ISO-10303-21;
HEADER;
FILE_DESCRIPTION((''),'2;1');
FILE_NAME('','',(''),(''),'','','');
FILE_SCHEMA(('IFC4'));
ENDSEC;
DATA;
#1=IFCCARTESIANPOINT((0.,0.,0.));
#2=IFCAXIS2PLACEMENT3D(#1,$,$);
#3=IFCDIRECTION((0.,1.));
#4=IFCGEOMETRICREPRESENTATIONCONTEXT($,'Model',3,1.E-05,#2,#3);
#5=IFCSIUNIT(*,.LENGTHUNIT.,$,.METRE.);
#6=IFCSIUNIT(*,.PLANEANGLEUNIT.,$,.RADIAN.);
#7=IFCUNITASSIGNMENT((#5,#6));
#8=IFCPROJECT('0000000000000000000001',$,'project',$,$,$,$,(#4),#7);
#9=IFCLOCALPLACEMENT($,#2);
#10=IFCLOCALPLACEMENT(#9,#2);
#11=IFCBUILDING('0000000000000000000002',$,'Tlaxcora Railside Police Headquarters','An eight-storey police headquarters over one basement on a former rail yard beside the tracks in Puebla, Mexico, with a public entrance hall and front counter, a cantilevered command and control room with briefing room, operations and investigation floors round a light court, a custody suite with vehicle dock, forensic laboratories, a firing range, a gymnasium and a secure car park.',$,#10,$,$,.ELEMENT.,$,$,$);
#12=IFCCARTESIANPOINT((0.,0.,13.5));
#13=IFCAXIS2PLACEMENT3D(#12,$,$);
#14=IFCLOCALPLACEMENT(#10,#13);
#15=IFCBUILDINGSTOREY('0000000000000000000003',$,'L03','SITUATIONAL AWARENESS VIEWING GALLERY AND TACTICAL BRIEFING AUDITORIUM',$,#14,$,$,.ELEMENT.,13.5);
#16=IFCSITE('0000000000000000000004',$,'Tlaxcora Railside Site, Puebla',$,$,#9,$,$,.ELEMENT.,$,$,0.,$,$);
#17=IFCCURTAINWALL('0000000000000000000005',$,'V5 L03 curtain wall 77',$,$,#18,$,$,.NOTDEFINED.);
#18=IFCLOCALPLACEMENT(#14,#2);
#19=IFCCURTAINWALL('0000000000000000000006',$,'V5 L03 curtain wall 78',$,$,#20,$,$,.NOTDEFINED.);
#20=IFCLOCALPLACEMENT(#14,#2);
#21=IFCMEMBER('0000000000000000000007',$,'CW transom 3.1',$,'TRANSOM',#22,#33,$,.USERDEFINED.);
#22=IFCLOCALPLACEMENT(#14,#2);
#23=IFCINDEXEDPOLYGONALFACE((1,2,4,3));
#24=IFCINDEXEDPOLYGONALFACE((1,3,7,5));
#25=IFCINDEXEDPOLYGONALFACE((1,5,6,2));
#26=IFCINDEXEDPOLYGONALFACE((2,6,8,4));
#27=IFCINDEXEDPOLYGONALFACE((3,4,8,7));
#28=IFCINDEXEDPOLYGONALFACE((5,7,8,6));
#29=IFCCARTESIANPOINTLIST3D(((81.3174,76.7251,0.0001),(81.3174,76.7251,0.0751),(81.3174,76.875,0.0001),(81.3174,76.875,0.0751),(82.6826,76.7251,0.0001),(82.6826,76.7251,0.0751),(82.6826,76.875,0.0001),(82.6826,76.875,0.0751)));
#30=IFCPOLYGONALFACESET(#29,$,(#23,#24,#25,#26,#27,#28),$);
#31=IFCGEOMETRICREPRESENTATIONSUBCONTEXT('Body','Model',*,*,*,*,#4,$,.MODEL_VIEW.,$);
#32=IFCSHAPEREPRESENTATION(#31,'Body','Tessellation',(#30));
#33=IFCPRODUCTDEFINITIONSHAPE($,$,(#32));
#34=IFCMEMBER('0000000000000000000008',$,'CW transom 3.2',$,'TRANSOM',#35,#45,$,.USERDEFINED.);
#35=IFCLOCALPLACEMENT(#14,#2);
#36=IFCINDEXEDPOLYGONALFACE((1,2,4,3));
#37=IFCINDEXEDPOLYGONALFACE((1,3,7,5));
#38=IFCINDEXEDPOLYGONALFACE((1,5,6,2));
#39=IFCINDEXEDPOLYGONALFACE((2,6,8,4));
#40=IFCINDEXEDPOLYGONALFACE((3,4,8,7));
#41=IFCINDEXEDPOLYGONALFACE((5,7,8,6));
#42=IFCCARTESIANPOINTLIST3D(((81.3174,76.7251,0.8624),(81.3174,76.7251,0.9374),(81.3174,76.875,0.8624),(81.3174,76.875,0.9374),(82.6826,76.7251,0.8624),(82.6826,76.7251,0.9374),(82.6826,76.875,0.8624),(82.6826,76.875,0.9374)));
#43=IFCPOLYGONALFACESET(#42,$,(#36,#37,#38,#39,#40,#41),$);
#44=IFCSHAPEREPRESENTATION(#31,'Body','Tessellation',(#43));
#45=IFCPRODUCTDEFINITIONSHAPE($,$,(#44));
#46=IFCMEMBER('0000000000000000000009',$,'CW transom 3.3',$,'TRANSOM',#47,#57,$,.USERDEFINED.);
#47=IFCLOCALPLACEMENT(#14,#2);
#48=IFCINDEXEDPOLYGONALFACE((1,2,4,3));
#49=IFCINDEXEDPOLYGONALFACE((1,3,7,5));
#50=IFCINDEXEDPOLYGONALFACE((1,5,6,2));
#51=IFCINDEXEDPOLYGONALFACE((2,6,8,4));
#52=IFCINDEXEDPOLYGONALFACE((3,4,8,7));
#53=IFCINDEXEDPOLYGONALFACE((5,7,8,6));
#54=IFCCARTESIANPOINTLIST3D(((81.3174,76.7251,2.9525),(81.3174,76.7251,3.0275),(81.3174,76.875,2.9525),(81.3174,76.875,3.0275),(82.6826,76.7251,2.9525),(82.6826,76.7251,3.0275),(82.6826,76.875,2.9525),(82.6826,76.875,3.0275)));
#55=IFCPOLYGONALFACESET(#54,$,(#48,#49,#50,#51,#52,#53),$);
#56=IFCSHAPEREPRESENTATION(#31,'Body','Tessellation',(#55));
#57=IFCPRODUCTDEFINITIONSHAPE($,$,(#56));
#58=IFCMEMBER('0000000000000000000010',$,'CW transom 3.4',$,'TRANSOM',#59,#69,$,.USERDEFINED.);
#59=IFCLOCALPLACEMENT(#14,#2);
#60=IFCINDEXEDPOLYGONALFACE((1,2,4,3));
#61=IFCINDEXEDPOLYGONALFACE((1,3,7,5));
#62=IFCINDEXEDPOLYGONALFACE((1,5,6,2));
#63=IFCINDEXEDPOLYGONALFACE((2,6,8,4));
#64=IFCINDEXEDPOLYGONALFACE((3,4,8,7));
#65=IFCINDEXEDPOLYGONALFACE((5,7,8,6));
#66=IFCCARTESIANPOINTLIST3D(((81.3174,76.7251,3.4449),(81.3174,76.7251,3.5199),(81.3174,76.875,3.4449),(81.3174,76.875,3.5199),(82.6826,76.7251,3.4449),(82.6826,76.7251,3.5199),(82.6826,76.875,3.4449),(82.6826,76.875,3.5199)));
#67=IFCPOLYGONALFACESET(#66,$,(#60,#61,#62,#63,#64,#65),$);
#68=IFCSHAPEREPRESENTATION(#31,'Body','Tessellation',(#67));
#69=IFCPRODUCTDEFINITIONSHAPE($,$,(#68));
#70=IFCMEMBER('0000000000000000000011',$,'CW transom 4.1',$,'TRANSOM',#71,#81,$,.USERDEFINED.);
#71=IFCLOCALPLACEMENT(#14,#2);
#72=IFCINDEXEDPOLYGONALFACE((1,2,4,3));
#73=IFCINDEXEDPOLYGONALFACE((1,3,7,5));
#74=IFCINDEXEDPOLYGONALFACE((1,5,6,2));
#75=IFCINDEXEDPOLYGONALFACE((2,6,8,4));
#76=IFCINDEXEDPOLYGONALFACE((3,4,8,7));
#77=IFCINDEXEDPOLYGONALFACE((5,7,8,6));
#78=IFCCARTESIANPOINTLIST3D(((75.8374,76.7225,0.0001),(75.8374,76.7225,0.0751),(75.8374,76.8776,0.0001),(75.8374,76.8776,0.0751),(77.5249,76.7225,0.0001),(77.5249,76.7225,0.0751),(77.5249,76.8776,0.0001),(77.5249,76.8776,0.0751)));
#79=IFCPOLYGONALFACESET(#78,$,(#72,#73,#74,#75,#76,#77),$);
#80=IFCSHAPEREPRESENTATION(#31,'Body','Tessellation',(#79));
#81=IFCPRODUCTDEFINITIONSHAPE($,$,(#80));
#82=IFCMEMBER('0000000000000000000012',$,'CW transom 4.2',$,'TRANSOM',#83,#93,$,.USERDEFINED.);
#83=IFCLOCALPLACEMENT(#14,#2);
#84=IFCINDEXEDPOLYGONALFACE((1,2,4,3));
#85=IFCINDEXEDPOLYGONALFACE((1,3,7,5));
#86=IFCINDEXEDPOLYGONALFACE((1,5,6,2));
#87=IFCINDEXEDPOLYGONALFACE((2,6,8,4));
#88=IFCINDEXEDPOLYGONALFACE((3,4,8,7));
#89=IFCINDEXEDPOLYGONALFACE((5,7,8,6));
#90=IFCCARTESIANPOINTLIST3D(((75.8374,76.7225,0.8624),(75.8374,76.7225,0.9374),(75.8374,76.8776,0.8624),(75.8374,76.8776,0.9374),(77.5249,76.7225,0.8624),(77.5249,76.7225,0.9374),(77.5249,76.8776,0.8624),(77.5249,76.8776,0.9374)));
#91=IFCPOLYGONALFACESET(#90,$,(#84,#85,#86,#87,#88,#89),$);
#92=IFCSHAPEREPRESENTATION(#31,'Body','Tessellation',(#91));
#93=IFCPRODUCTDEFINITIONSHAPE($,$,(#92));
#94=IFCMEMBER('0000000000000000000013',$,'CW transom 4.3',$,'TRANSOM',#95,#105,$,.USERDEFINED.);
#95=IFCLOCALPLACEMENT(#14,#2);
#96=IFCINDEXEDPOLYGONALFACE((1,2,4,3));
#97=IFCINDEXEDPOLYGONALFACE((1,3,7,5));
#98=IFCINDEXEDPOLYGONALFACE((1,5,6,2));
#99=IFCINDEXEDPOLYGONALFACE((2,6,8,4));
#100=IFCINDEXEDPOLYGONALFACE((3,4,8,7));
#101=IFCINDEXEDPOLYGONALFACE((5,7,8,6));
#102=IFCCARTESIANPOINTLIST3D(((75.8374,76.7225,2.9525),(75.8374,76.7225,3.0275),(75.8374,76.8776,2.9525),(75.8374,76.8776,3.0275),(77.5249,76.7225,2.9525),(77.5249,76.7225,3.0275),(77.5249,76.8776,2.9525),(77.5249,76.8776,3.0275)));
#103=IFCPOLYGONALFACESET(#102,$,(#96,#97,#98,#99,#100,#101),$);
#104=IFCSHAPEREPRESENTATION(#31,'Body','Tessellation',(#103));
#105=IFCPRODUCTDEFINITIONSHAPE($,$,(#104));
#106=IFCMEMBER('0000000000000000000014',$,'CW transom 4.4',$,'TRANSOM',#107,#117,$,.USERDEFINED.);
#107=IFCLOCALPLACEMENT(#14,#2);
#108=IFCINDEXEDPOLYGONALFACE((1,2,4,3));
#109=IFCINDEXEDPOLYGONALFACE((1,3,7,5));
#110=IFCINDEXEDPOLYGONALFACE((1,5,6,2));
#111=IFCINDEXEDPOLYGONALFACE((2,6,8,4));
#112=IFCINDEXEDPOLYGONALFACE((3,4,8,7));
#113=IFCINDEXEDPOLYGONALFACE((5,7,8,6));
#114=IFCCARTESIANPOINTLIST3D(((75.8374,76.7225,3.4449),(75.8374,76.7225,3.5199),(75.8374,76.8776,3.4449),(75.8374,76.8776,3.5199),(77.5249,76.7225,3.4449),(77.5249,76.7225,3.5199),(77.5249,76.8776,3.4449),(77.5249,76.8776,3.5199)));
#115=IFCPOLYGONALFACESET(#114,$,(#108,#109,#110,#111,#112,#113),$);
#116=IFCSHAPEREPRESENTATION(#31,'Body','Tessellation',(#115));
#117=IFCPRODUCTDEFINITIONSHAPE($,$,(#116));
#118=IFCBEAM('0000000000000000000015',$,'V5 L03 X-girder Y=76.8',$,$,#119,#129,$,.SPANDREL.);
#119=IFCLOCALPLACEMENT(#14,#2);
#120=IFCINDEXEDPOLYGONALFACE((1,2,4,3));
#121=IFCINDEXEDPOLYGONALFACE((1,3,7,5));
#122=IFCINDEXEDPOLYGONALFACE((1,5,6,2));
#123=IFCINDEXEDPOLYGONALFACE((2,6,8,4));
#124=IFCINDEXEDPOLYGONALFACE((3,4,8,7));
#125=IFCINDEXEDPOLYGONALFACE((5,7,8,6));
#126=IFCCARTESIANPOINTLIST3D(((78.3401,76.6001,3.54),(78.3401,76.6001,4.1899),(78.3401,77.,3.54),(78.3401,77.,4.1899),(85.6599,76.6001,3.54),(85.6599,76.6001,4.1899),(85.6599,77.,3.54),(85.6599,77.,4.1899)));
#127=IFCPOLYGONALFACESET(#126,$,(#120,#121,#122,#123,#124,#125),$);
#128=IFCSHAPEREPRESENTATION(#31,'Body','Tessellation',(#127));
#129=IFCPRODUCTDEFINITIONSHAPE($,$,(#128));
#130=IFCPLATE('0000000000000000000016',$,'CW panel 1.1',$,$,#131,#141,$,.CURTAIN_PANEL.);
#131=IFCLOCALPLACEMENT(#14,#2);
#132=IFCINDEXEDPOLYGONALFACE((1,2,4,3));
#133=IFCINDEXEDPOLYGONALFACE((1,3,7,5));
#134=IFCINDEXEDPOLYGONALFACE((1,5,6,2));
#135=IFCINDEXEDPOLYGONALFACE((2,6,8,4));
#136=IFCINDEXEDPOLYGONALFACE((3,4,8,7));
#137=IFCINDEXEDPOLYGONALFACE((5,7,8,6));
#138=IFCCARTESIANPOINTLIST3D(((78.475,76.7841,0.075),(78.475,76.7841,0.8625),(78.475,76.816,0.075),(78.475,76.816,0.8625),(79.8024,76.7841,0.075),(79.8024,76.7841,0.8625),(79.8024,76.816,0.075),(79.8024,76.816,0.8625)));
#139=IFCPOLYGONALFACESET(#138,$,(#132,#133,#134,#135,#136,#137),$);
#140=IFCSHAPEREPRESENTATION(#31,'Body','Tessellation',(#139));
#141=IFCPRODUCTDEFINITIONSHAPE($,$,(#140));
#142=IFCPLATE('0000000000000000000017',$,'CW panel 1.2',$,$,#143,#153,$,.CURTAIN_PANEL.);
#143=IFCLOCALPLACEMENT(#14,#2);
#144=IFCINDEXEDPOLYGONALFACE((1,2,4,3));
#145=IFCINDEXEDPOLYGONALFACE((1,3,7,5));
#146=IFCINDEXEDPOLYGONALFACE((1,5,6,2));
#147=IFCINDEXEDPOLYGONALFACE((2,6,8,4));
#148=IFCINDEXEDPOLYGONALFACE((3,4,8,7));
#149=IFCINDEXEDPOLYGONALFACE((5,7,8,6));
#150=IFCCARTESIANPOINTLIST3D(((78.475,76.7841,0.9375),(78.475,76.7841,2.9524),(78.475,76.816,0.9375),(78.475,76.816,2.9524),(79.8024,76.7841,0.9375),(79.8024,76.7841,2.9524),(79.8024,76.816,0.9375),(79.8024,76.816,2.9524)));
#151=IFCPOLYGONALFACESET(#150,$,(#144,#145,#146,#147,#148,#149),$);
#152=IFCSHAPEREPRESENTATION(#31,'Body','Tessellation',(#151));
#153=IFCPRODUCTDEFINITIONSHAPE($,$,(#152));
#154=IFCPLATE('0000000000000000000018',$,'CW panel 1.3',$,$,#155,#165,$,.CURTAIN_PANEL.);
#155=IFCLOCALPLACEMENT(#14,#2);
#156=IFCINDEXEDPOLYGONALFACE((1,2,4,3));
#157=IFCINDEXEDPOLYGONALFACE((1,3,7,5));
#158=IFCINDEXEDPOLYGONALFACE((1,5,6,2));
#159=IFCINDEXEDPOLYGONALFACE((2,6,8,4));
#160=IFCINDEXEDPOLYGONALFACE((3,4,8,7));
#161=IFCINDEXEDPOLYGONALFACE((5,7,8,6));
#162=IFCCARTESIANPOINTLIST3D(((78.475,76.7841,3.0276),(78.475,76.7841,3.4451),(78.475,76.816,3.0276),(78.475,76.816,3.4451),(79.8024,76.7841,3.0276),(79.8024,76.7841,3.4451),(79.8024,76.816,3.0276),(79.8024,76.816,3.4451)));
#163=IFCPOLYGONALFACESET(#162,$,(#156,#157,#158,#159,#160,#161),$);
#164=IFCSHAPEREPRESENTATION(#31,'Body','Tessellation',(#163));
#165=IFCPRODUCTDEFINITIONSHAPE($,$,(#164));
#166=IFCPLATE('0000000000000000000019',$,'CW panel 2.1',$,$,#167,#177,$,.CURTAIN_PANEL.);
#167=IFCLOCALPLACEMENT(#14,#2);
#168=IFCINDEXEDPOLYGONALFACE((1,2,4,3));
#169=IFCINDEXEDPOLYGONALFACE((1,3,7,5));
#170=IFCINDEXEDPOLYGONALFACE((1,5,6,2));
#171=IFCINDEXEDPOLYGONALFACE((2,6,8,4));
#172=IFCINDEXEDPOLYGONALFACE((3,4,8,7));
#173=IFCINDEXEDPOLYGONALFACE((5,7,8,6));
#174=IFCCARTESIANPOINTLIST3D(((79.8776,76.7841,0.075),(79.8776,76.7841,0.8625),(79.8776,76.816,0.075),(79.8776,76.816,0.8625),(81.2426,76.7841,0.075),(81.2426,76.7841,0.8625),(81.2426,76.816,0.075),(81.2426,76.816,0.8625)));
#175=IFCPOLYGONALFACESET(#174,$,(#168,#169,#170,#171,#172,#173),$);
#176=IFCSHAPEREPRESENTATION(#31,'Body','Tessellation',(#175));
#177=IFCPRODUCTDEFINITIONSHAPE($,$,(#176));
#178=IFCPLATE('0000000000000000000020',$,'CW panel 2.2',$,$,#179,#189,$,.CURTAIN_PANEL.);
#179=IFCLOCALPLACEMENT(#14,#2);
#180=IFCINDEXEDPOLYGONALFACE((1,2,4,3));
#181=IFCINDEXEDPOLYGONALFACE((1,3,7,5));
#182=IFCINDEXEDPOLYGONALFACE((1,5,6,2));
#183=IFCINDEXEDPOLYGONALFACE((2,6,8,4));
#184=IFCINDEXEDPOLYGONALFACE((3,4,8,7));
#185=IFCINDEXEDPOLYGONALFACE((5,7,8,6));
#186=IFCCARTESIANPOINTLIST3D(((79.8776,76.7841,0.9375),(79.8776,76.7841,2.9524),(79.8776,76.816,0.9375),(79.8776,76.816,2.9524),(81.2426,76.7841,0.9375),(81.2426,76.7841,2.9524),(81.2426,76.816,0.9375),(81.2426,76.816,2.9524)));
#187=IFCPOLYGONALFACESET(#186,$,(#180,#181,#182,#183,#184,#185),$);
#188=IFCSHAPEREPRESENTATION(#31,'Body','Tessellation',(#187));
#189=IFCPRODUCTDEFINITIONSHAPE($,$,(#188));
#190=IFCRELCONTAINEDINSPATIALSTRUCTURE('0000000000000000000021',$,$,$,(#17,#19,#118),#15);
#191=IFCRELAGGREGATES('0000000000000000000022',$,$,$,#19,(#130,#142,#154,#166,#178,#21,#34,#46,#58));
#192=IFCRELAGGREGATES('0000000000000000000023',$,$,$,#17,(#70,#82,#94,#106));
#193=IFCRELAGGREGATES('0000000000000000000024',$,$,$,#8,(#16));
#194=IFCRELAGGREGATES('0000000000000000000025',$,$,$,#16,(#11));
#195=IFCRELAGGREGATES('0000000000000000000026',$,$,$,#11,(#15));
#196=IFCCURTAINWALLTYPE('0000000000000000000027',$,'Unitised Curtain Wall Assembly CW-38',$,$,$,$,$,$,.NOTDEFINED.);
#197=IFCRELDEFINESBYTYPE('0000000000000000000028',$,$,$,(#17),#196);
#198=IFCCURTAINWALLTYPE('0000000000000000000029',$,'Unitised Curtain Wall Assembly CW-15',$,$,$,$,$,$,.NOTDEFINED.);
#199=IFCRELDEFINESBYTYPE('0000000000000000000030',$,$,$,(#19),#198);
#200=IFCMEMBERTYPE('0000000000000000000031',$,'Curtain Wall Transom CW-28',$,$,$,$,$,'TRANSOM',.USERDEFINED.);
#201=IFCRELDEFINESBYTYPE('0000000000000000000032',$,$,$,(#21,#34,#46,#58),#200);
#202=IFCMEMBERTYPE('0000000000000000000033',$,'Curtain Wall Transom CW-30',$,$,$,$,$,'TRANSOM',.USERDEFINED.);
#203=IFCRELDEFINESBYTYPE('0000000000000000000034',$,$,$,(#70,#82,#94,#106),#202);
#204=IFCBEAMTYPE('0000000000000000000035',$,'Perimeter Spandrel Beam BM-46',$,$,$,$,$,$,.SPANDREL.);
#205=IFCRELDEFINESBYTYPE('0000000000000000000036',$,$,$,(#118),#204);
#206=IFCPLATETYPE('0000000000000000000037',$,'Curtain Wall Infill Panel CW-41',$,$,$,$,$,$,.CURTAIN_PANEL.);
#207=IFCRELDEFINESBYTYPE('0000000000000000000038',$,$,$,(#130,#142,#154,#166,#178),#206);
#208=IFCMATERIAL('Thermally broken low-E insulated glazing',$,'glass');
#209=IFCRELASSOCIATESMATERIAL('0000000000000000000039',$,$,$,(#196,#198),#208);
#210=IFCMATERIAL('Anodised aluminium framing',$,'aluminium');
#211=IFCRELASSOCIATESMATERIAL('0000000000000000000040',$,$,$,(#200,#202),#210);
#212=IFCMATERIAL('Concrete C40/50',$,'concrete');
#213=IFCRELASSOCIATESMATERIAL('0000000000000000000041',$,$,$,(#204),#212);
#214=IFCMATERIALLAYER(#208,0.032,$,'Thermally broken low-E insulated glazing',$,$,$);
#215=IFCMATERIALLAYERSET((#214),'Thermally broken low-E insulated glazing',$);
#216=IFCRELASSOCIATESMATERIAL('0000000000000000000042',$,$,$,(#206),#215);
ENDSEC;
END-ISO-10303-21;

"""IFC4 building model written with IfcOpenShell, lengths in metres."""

from ifc_helpers import new_model, si_unit, direction, frame, origin, origin_2d, place, context, subcontext, project, spatial, rectangle, extrude, material, layer, layer_set, material_profile, profile_set, type_object, element, aggregate, save


model = new_model("IFC4")

# Units and contexts
model_context = context("Model", 3, precision=1e-05, world=origin(), true_north=direction((0.0, 1.0)))
body_context = subcontext(model_context, "Body", "Model", "MODEL_VIEW")
ifc_project = project(units=[si_unit("LENGTHUNIT", "METRE"), si_unit("PLANEANGLEUNIT", "RADIAN")], contexts=[model_context])

# Site, building, storey
site_placement = place(None, origin())
site = spatial("IfcSite", under=ifc_project, at=site_placement, Name="Tlaxcora Railside Site, Puebla", CompositionType="ELEMENT", RefElevation=0.0)
building_placement = place(site_placement, origin())
building = spatial("IfcBuilding", under=site, at=building_placement, Name="Tlaxcora Railside Police Headquarters", Description="An eight-storey police headquarters over one basement on a former rail yard beside the tracks in Puebla, Mexico, with a public entrance hall and front counter, a cantilevered command and control room with briefing room, operations and investigation floors round a light court, a custody suite with vehicle dock, forensic laboratories, a firing range, a gymnasium and a secure car park.", CompositionType="ELEMENT")
storey_placement = place(building_placement, frame((0.0, 0.0, 13.5)))
storey = spatial("IfcBuildingStorey", under=building, at=storey_placement, Name="L03", Description="SITUATIONAL AWARENESS VIEWING GALLERY AND TACTICAL BRIEFING AUDITORIUM", CompositionType="ELEMENT", Elevation=13.5)

# Shared definitions
ifc_material_1 = material(Name="Concrete C40/50", Category="concrete")

# Curtain walls, members
ifc_material_2 = material(Name="Thermally broken low-E insulated glazing", Category="glass")
curtain_wall_type_1 = type_object("IfcCurtainWallType", Name="Unitised Curtain Wall Assembly CW-38", PredefinedType="NOTDEFINED", material=ifc_material_2)
curtain_wall_1_placement = place(storey_placement, origin())
curtain_wall_1 = element("IfcCurtainWall", 1, at=curtain_wall_1_placement, inside=storey, type_object=curtain_wall_type_1, Name="V5 L03 curtain wall 77", PredefinedType="NOTDEFINED")
ifc_material_3 = material(Name="Anodised aluminium framing", Category="aluminium")
curtain_wall_type_2 = type_object("IfcCurtainWallType", Name="Unitised Curtain Wall Assembly CW-15", PredefinedType="NOTDEFINED", material=ifc_material_2)
curtain_wall_2_placement = place(storey_placement, origin())
curtain_wall_2 = element("IfcCurtainWall", 2, at=curtain_wall_2_placement, inside=storey, type_object=curtain_wall_type_2, Name="V5 L03 curtain wall 78", PredefinedType="NOTDEFINED")
ifc_material_profile_1 = material_profile(ifc_material_3, rectangle(XDim=0.1499, YDim=0.075, at=origin_2d()), Name="AL75X150")
ifc_profile_set_1 = profile_set([ifc_material_profile_1], Name="Anodised aluminium framing")
member_type_1 = type_object("IfcMemberType", Name="Curtain Wall Transom CW-28", ElementType="TRANSOM", PredefinedType="USERDEFINED", material=ifc_profile_set_1)
member_1_placement = place(storey_placement, frame((81.3174, 76.8, 0.0376), z_axis=(1.0, 0.0, 0.0), x_axis=(0.0, 1.0, 0.0)))
member_1 = element("IfcMember", 3, at=member_1_placement, type_object=member_type_1, Name="CW transom 3.1", ObjectType="TRANSOM", PredefinedType="USERDEFINED", context=body_context, shape_type="SweptSolid", body=[
    extrude(rectangle(XDim=0.1499, YDim=0.075, at=origin_2d()), origin(), (0.0, 0.0, 1.0), 1.3652),
])
member_2_placement = place(storey_placement, frame((81.3174, 76.8, 0.8999), z_axis=(1.0, 0.0, 0.0), x_axis=(0.0, 1.0, 0.0)))
member_2 = element("IfcMember", 4, at=member_2_placement, type_object=member_type_1, Name="CW transom 3.2", ObjectType="TRANSOM", PredefinedType="USERDEFINED", context=body_context, shape_type="SweptSolid", body=[
    extrude(rectangle(XDim=0.1499, YDim=0.075, at=origin_2d()), origin(), (0.0, 0.0, 1.0), 1.3652),
])
member_3_placement = place(storey_placement, frame((81.3174, 76.8, 2.99), z_axis=(1.0, 0.0, 0.0), x_axis=(0.0, 1.0, 0.0)))
member_3 = element("IfcMember", 5, at=member_3_placement, type_object=member_type_1, Name="CW transom 3.3", ObjectType="TRANSOM", PredefinedType="USERDEFINED", context=body_context, shape_type="SweptSolid", body=[
    extrude(rectangle(XDim=0.1499, YDim=0.075, at=origin_2d()), origin(), (0.0, 0.0, 1.0), 1.3652),
])
member_4_placement = place(storey_placement, frame((81.3174, 76.8, 3.4824), z_axis=(1.0, 0.0, 0.0), x_axis=(0.0, 1.0, 0.0)))
member_4 = element("IfcMember", 6, at=member_4_placement, type_object=member_type_1, Name="CW transom 3.4", ObjectType="TRANSOM", PredefinedType="USERDEFINED", context=body_context, shape_type="SweptSolid", body=[
    extrude(rectangle(XDim=0.1499, YDim=0.075, at=origin_2d()), origin(), (0.0, 0.0, 1.0), 1.3652),
])

# Members
ifc_material_profile_2 = material_profile(ifc_material_3, rectangle(XDim=0.155, YDim=0.075, at=origin_2d()), Name="AL75X155")
ifc_profile_set_2 = profile_set([ifc_material_profile_2], Name="Anodised aluminium framing")
member_type_2 = type_object("IfcMemberType", Name="Curtain Wall Transom CW-30", ElementType="TRANSOM", PredefinedType="USERDEFINED", material=ifc_profile_set_2)
member_5_placement = place(storey_placement, frame((75.8374, 76.8, 0.0376), z_axis=(1.0, 0.0, 0.0), x_axis=(0.0, 1.0, 0.0)))
member_5 = element("IfcMember", 7, at=member_5_placement, type_object=member_type_2, Name="CW transom 4.1", ObjectType="TRANSOM", PredefinedType="USERDEFINED", context=body_context, shape_type="SweptSolid", body=[
    extrude(rectangle(XDim=0.155, YDim=0.075, at=origin_2d()), origin(), (0.0, 0.0, 1.0), 1.6875),
])
member_6_placement = place(storey_placement, frame((75.8374, 76.8, 0.8999), z_axis=(1.0, 0.0, 0.0), x_axis=(0.0, 1.0, 0.0)))
member_6 = element("IfcMember", 8, at=member_6_placement, type_object=member_type_2, Name="CW transom 4.2", ObjectType="TRANSOM", PredefinedType="USERDEFINED", context=body_context, shape_type="SweptSolid", body=[
    extrude(rectangle(XDim=0.155, YDim=0.075, at=origin_2d()), origin(), (0.0, 0.0, 1.0), 1.6875),
])
member_7_placement = place(storey_placement, frame((75.8374, 76.8, 2.99), z_axis=(1.0, 0.0, 0.0), x_axis=(0.0, 1.0, 0.0)))
member_7 = element("IfcMember", 9, at=member_7_placement, type_object=member_type_2, Name="CW transom 4.3", ObjectType="TRANSOM", PredefinedType="USERDEFINED", context=body_context, shape_type="SweptSolid", body=[
    extrude(rectangle(XDim=0.155, YDim=0.075, at=origin_2d()), origin(), (0.0, 0.0, 1.0), 1.6875),
])
member_8_placement = place(storey_placement, frame((75.8374, 76.8, 3.4824), z_axis=(1.0, 0.0, 0.0), x_axis=(0.0, 1.0, 0.0)))
member_8 = element("IfcMember", 10, at=member_8_placement, type_object=member_type_2, Name="CW transom 4.4", ObjectType="TRANSOM", PredefinedType="USERDEFINED", context=body_context, shape_type="SweptSolid", body=[
    extrude(rectangle(XDim=0.155, YDim=0.075, at=origin_2d()), origin(), (0.0, 0.0, 1.0), 1.6875),
])

# Beam
ifc_material_profile_3 = material_profile(ifc_material_1, rectangle(XDim=0.3999, YDim=0.6499, at=origin_2d()), Name="RC400X650")
ifc_profile_set_3 = profile_set([ifc_material_profile_3], Name="Concrete C40/50")
beam_type = type_object("IfcBeamType", Name="Perimeter Spandrel Beam BM-46", PredefinedType="SPANDREL", material=ifc_profile_set_3)
beam_placement = place(storey_placement, frame((78.3401, 76.8, 3.865), z_axis=(1.0, 0.0, 0.0), x_axis=(0.0, 1.0, 0.0)))
element("IfcBeam", 11, at=beam_placement, inside=storey, type_object=beam_type, Name="V5 L03 X-girder Y=76.8", PredefinedType="SPANDREL", context=body_context, shape_type="SweptSolid", body=[
    extrude(rectangle(XDim=0.3999, YDim=0.6499, at=origin_2d()), origin(), (0.0, 0.0, 1.0), 7.3198),
])

# Plates
ifc_layer_1 = layer(ifc_material_2, 0.032, Name="Thermally broken low-E insulated glazing")
ifc_layer_set_1 = layer_set([ifc_layer_1], Name="Thermally broken low-E insulated glazing")
plate_type_1 = type_object("IfcPlateType", Name="Curtain Wall Infill Panel CW-41", PredefinedType="CURTAIN_PANEL", material=ifc_layer_set_1)
plate_1_placement = place(storey_placement, frame((79.1387, 76.8, 0.075), z_axis=(0.0, 0.0, 1.0), x_axis=(1.0, 0.0, 0.0)))
plate_1 = element("IfcPlate", 12, at=plate_1_placement, type_object=plate_type_1, Name="CW panel 1.1", PredefinedType="CURTAIN_PANEL", context=body_context, shape_type="SweptSolid", body=[
    extrude(rectangle(XDim=1.3274, YDim=0.032, at=origin_2d()), origin(), (0.0, 0.0, 1.0), 0.7876),
])
plate_2_placement = place(storey_placement, frame((79.1387, 76.8, 0.9375), z_axis=(0.0, 0.0, 1.0), x_axis=(1.0, 0.0, 0.0)))
plate_2 = element("IfcPlate", 13, at=plate_2_placement, type_object=plate_type_1, Name="CW panel 1.2", PredefinedType="CURTAIN_PANEL", context=body_context, shape_type="SweptSolid", body=[
    extrude(rectangle(XDim=1.3274, YDim=0.032, at=origin_2d()), origin(), (0.0, 0.0, 1.0), 2.0149),
])
plate_3_placement = place(storey_placement, frame((79.1387, 76.8, 3.0276), z_axis=(0.0, 0.0, 1.0), x_axis=(1.0, 0.0, 0.0)))
plate_3 = element("IfcPlate", 14, at=plate_3_placement, type_object=plate_type_1, Name="CW panel 1.3", PredefinedType="CURTAIN_PANEL", context=body_context, shape_type="SweptSolid", body=[
    extrude(rectangle(XDim=1.3274, YDim=0.032, at=origin_2d()), origin(), (0.0, 0.0, 1.0), 0.4175),
])
plate_4_placement = place(storey_placement, frame((80.5601, 76.8, 0.075), z_axis=(0.0, 0.0, 1.0), x_axis=(1.0, 0.0, 0.0)))
plate_4 = element("IfcPlate", 15, at=plate_4_placement, type_object=plate_type_1, Name="CW panel 2.1", PredefinedType="CURTAIN_PANEL", context=body_context, shape_type="SweptSolid", body=[
    extrude(rectangle(XDim=1.365, YDim=0.032, at=origin_2d()), origin(), (0.0, 0.0, 1.0), 0.7876),
])
plate_5_placement = place(storey_placement, frame((80.5601, 76.8, 0.9375), z_axis=(0.0, 0.0, 1.0), x_axis=(1.0, 0.0, 0.0)))
plate_5 = element("IfcPlate", 16, at=plate_5_placement, type_object=plate_type_1, Name="CW panel 2.2", PredefinedType="CURTAIN_PANEL", context=body_context, shape_type="SweptSolid", body=[
    extrude(rectangle(XDim=1.365, YDim=0.032, at=origin_2d()), origin(), (0.0, 0.0, 1.0), 2.0149),
])
aggregate(curtain_wall_2, [plate_1, plate_2, plate_3, plate_4, plate_5, member_1, member_2, member_3, member_4])
aggregate(curtain_wall_1, [member_5, member_6, member_7, member_8])

save(model, "model.ifc")
